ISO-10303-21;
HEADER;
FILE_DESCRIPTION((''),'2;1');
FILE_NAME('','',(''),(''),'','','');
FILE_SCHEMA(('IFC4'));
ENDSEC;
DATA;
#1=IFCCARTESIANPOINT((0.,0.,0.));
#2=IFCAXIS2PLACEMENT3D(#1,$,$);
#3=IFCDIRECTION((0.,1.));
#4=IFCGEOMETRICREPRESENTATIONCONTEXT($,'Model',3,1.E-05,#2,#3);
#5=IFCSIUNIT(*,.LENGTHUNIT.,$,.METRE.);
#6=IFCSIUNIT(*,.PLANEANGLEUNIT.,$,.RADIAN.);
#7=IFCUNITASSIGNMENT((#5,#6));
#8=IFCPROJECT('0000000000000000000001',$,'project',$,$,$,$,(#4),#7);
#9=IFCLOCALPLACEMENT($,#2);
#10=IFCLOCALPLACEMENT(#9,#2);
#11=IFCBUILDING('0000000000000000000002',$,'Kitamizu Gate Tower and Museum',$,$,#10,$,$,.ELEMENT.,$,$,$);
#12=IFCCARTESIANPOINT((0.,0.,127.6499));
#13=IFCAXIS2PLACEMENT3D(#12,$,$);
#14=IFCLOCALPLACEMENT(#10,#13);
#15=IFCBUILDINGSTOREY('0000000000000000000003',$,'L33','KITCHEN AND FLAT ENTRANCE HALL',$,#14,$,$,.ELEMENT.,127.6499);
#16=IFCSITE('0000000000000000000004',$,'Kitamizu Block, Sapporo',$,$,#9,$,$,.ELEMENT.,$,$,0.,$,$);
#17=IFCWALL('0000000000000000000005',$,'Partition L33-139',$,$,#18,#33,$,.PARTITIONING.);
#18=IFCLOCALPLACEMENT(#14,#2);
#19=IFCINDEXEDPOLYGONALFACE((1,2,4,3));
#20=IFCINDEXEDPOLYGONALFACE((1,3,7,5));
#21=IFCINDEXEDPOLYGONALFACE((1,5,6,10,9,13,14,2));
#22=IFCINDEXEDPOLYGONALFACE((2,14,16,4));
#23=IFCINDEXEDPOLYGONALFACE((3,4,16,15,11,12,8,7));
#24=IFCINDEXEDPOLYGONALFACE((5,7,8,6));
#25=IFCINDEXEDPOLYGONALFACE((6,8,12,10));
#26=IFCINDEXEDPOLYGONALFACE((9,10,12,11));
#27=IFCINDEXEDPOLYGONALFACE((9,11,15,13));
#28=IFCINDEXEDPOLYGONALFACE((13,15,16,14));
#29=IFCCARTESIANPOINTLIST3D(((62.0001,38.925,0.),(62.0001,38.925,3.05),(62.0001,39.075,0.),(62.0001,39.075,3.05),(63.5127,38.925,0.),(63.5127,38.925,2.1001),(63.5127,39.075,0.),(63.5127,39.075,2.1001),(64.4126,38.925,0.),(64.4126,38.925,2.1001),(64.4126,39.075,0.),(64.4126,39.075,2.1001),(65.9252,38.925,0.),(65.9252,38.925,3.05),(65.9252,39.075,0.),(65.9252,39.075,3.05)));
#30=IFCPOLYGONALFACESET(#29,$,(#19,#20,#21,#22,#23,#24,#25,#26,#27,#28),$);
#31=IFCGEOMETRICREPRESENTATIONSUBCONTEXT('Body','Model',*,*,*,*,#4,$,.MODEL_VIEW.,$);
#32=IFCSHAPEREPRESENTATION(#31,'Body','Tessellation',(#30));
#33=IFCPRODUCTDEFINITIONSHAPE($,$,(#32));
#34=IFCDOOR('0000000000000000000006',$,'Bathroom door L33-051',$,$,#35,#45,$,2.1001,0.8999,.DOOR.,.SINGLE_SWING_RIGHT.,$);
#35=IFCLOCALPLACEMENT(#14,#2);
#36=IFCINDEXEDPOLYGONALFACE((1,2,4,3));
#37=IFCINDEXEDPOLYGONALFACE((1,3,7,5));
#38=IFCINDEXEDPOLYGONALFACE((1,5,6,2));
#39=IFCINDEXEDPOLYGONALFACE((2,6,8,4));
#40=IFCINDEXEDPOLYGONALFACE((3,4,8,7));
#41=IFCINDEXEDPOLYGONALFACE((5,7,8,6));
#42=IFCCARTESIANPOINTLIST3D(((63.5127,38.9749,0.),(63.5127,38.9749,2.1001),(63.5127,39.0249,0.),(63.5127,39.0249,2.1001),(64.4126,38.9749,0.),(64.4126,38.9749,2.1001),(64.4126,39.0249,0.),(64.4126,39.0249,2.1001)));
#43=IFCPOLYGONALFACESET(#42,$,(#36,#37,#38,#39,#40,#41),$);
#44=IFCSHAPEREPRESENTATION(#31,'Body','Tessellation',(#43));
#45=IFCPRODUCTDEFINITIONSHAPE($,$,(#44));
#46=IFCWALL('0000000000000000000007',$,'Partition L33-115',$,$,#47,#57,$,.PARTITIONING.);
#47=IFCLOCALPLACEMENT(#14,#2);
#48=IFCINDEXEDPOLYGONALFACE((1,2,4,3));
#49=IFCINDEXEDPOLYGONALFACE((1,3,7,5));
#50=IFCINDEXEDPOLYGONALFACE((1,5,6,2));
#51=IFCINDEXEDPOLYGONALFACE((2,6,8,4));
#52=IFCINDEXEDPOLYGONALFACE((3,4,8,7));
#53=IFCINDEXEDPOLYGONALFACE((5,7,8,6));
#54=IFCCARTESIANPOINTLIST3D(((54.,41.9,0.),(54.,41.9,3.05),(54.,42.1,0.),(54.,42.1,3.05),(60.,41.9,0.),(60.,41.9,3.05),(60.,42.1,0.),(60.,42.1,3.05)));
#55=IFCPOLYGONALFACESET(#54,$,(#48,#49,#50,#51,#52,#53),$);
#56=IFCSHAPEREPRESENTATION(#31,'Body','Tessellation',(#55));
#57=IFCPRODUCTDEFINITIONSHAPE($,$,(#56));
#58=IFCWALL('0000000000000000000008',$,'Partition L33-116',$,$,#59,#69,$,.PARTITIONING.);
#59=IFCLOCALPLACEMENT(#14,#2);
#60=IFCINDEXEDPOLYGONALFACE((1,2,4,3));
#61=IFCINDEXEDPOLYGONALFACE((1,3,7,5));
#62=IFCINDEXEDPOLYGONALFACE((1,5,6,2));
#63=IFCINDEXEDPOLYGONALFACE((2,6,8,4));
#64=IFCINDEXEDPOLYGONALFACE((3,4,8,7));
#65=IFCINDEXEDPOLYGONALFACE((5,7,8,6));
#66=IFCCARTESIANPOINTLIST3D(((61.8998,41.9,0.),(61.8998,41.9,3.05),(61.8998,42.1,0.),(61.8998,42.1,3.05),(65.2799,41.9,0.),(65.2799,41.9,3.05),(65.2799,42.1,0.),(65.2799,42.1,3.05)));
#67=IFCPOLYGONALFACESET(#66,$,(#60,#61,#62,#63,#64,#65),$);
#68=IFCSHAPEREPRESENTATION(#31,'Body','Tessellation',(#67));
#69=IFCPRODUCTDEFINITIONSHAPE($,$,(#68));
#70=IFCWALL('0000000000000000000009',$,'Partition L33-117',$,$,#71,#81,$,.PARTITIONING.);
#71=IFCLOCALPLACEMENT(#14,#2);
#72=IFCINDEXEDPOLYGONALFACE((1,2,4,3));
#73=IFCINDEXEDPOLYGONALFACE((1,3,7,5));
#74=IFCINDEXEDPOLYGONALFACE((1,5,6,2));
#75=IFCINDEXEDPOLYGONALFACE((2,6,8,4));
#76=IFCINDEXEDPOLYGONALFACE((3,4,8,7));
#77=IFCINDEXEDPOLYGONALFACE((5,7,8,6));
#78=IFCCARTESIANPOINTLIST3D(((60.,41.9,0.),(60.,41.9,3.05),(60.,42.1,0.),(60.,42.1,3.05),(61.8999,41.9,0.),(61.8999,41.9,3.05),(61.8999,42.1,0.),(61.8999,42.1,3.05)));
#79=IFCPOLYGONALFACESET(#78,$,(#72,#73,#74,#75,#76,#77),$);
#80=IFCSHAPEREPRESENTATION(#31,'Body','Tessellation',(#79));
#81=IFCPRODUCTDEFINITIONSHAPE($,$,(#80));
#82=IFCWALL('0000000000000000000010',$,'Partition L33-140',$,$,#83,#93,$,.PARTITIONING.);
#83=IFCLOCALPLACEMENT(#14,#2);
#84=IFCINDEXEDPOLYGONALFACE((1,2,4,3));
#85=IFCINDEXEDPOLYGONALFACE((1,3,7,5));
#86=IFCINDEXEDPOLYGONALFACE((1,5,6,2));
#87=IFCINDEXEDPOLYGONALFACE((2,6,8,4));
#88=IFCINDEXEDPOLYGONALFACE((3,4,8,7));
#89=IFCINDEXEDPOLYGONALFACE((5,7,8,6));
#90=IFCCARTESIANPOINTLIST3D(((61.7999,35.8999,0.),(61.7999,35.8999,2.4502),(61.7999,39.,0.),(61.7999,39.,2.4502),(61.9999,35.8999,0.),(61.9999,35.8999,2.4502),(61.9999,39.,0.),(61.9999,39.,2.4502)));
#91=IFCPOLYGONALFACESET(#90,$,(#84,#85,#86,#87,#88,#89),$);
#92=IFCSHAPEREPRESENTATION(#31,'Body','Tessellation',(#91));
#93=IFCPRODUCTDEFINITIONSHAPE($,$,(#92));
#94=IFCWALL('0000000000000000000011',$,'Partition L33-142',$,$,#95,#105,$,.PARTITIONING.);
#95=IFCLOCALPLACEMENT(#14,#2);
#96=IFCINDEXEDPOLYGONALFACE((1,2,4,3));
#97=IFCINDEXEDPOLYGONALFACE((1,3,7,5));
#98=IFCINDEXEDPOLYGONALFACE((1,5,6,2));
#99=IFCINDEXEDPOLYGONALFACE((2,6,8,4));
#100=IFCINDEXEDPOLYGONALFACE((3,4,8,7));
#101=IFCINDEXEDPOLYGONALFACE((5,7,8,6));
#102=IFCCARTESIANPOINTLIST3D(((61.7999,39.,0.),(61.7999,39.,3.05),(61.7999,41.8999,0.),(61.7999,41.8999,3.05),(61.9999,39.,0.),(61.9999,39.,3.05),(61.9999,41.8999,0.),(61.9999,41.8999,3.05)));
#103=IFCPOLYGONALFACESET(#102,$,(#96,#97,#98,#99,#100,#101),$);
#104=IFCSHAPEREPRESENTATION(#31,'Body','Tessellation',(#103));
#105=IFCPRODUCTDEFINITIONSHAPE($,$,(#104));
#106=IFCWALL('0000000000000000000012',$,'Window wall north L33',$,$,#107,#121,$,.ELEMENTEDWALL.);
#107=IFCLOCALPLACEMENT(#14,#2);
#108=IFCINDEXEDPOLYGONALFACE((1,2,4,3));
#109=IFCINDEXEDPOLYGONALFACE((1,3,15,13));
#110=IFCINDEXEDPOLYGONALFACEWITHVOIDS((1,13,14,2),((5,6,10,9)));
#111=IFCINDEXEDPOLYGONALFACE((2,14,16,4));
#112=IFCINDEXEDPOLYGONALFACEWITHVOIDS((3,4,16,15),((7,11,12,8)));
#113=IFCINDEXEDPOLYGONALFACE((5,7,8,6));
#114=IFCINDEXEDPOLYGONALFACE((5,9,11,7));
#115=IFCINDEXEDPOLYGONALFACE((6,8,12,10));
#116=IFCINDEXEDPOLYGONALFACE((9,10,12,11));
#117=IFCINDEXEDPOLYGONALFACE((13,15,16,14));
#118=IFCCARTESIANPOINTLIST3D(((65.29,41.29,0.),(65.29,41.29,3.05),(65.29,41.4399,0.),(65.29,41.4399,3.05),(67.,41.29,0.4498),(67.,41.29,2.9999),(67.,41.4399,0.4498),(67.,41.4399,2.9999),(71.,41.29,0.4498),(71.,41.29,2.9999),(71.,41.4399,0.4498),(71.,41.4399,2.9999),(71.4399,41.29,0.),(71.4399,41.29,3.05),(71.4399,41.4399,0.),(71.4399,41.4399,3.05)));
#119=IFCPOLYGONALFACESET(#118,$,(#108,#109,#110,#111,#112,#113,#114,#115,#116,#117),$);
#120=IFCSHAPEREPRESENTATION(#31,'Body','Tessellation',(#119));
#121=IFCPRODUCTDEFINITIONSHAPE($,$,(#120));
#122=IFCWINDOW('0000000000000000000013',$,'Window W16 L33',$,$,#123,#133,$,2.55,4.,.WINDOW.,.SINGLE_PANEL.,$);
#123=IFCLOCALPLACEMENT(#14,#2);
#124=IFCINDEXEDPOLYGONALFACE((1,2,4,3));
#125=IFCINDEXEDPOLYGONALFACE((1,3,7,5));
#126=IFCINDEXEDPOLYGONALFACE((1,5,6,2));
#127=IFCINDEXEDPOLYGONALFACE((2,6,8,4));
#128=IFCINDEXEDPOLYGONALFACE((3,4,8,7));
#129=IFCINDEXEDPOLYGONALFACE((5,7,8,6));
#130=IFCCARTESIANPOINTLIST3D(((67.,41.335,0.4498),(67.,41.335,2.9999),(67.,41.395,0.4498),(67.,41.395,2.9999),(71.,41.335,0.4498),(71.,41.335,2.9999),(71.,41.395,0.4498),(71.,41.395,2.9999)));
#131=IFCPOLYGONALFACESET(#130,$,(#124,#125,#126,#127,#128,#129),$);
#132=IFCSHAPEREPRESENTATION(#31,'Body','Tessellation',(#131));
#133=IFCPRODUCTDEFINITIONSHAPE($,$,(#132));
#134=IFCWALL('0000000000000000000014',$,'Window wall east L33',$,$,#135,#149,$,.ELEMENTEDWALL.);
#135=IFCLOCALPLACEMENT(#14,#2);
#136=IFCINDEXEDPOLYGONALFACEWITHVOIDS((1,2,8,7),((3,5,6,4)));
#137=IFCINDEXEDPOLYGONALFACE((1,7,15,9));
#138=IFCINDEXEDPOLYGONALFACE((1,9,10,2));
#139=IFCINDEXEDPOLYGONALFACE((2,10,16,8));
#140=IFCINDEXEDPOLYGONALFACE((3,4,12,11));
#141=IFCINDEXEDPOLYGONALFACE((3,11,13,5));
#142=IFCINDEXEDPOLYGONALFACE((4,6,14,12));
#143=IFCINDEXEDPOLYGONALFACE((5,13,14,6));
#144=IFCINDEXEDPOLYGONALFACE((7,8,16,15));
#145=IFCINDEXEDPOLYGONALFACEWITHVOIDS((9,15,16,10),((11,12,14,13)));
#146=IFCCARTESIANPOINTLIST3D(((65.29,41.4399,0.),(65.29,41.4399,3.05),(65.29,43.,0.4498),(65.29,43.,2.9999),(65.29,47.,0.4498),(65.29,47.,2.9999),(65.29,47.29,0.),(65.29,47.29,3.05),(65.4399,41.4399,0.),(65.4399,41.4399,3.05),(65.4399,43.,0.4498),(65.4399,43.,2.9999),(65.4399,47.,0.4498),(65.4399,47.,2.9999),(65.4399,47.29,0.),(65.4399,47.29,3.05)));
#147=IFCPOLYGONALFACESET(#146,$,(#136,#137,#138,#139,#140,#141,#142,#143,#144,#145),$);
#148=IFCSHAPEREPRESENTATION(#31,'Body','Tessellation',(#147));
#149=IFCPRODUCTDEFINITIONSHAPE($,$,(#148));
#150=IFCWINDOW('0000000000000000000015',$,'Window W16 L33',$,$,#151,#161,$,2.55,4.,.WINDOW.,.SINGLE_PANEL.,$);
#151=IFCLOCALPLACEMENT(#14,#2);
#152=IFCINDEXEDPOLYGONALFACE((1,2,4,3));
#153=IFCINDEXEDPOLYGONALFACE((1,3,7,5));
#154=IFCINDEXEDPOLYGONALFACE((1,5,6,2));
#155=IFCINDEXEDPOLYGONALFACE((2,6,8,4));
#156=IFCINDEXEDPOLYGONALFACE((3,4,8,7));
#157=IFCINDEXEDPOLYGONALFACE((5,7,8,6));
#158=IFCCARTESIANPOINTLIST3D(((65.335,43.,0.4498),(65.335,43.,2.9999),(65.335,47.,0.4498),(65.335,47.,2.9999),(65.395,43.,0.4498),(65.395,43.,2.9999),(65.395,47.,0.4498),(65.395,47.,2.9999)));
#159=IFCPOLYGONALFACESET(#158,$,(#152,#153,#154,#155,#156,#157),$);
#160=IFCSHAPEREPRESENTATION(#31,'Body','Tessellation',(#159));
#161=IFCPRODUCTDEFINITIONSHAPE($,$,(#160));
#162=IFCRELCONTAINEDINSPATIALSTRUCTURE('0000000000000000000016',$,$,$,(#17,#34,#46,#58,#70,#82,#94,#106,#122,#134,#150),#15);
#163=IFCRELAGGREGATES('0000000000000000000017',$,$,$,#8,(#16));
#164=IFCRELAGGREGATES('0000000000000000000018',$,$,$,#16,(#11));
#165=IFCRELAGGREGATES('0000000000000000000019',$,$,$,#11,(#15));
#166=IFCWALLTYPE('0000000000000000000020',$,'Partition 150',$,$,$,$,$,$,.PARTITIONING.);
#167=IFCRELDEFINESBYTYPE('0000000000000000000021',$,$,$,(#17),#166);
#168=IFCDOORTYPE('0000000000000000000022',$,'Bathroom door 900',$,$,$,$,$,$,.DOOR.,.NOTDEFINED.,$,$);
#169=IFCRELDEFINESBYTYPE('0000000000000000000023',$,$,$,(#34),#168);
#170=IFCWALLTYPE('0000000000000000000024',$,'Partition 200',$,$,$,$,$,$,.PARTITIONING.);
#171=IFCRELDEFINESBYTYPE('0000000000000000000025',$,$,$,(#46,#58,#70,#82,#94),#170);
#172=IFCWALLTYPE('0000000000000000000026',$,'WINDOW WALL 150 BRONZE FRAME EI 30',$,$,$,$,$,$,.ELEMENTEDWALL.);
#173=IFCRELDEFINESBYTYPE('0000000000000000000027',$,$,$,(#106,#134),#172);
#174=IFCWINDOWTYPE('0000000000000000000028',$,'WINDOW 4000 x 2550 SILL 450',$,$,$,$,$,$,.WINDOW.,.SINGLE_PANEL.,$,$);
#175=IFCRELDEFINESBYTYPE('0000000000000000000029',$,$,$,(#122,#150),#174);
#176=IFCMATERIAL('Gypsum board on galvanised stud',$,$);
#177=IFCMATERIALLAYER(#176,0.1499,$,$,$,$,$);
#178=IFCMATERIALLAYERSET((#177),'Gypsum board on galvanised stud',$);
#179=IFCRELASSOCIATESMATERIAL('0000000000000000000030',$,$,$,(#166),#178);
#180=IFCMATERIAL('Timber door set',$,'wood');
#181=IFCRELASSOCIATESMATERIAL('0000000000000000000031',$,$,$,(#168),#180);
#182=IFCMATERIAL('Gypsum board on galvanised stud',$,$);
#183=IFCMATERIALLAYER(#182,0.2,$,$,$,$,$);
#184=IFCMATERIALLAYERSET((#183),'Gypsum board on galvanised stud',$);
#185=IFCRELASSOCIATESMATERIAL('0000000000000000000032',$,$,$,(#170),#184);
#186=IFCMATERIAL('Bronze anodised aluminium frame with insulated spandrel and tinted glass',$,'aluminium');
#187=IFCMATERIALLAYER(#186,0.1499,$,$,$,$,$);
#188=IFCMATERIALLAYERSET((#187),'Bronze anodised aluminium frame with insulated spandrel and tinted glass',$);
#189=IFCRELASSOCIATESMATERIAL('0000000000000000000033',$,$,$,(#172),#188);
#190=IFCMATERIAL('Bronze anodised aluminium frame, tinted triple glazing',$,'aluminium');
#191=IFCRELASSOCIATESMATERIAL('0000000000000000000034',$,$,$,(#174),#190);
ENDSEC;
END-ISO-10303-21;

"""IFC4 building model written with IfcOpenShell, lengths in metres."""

from ifc_helpers import new_model, si_unit, direction, frame, frame_2d, origin, place, context, subcontext, project, spatial, rectangle, extrude, material, layer, layer_set, type_object, element, fill, save


model = new_model("IFC4")

# Units and contexts
model_context = context("Model", 3, precision=1e-05, world=origin(), true_north=direction((0.0, 1.0)))
body_context = subcontext(model_context, "Body", "Model", "MODEL_VIEW")
ifc_project = project(units=[si_unit("LENGTHUNIT", "METRE"), si_unit("PLANEANGLEUNIT", "RADIAN")], contexts=[model_context])

# Site, building, storey
site_placement = place(None, origin())
site = spatial("IfcSite", under=ifc_project, at=site_placement, Name="Kitamizu Block, Sapporo", CompositionType="ELEMENT", RefElevation=0.0)
building_placement = place(site_placement, origin())
building = spatial("IfcBuilding", under=site, at=building_placement, Name="Kitamizu Gate Tower and Museum", CompositionType="ELEMENT")
storey_placement = place(building_placement, frame((0.0, 0.0, 127.6499)))
storey = spatial("IfcBuildingStorey", under=building, at=storey_placement, Name="L33", Description="KITCHEN AND FLAT ENTRANCE HALL", CompositionType="ELEMENT", Elevation=127.6499)

# Shared definitions
ifc_material_1 = material(Name="Gypsum board on galvanised stud")
ifc_layer_1 = layer(ifc_material_1, 0.1499)
ifc_layer_set_1 = layer_set([ifc_layer_1], Name="Gypsum board on galvanised stud")
wall_type_1 = type_object("IfcWallType", Name="Partition 150", PredefinedType="PARTITIONING", material=ifc_layer_set_1)

# Wall, opening, door
wall_1_placement = place(storey_placement, frame((65.925, 39.0, 0.0), z_axis=(0.0, 0.0, 1.0), x_axis=(-1.0, 0.0, 0.0)))
wall_1 = element("IfcWall", 1, at=wall_1_placement, inside=storey, type_object=wall_type_1, Name="Partition L33-139", PredefinedType="PARTITIONING", context=body_context, shape_type="SweptSolid", body=[
    extrude(rectangle(XDim=3.925, YDim=0.1499, at=frame_2d((1.9624, 0.0))), origin(), (0.0, 0.0, 1.0), 3.05),
])
opening_1_placement = place(wall_1_placement, frame((1.5125, 0.0, 0.0)))
opening_1 = element("IfcOpeningElement", 2, at=opening_1_placement, cuts=wall_1, PredefinedType="OPENING", context=body_context, shape_type="SweptSolid", body=[
    extrude(rectangle(XDim=0.8999, YDim=2.1001, at=frame_2d((0.45, 1.05))), frame((0.0, 0.085, 0.0), z_axis=(0.0, -1.0, 0.0), x_axis=(1.0, 0.0, 0.0)), (0.0, 0.0, 1.0), 0.1699),
])
ifc_material_2 = material(Name="Timber door set", Category="wood")
door_type_1 = type_object("IfcDoorType", Name="Bathroom door 900", OperationType="NOTDEFINED", PredefinedType="DOOR", material=ifc_material_2)
door_1_placement = place(opening_1_placement, frame((0.8999, 0.0, 0.0), x_axis=(-1.0, 0.0, 0.0)))
door_1 = element("IfcDoor", 3, at=door_1_placement, inside=storey, type_object=door_type_1, Name="Bathroom door L33-051", OperationType="SINGLE_SWING_RIGHT", OverallHeight=2.1001, OverallWidth=0.8999, PredefinedType="DOOR", context=body_context, shape_type="SweptSolid", body=[
    extrude(rectangle(XDim=0.8999, YDim=2.1001, at=frame_2d((0.45, 1.05))), frame((0.0, 0.0249, 0.0), z_axis=(0.0, -1.0, 0.0), x_axis=(1.0, 0.0, 0.0)), (0.0, 0.0, 1.0), 0.05),
])
fill(opening_1, door_1)

# Walls
ifc_material_3 = material(Name="Gypsum board on galvanised stud")
ifc_layer_2 = layer(ifc_material_3, 0.2)
ifc_layer_set_2 = layer_set([ifc_layer_2], Name="Gypsum board on galvanised stud")
wall_type_2 = type_object("IfcWallType", Name="Partition 200", PredefinedType="PARTITIONING", material=ifc_layer_set_2)
wall_2_placement = place(storey_placement, frame((54.0, 42.0, 0.0), z_axis=(0.0, 0.0, 1.0), x_axis=(1.0, 0.0, 0.0)))
element("IfcWall", 4, at=wall_2_placement, inside=storey, type_object=wall_type_2, Name="Partition L33-115", PredefinedType="PARTITIONING", context=body_context, shape_type="SweptSolid", body=[
    extrude(rectangle(XDim=6.0, YDim=0.2, at=frame_2d((3.0, 0.0))), origin(), (0.0, 0.0, 1.0), 3.05),
])
wall_3_placement = place(storey_placement, frame((61.8999, 42.0, 0.0), z_axis=(0.0, 0.0, 1.0), x_axis=(1.0, 0.0, 0.0)))
element("IfcWall", 5, at=wall_3_placement, inside=storey, type_object=wall_type_2, Name="Partition L33-116", PredefinedType="PARTITIONING", context=body_context, shape_type="SweptSolid", body=[
    extrude(rectangle(XDim=3.3801, YDim=0.2, at=frame_2d((1.6899, 0.0))), origin(), (0.0, 0.0, 1.0), 3.05),
])
wall_4_placement = place(storey_placement, frame((60.0, 42.0, 0.0), z_axis=(0.0, 0.0, 1.0), x_axis=(1.0, 0.0, 0.0)))
element("IfcWall", 6, at=wall_4_placement, inside=storey, type_object=wall_type_2, Name="Partition L33-117", PredefinedType="PARTITIONING", context=body_context, shape_type="SweptSolid", body=[
    extrude(rectangle(XDim=1.8999, YDim=0.2, at=frame_2d((0.95, 0.0))), origin(), (0.0, 0.0, 1.0), 3.05),
])
wall_5_placement = place(storey_placement, frame((61.8999, 39.0, 0.0), z_axis=(0.0, 0.0, 1.0), x_axis=(0.0, -1.0, 0.0)))
element("IfcWall", 7, at=wall_5_placement, inside=storey, type_object=wall_type_2, Name="Partition L33-140", PredefinedType="PARTITIONING", context=body_context, shape_type="SweptSolid", body=[
    extrude(rectangle(XDim=3.1001, YDim=0.2, at=frame_2d((1.55, 0.0))), origin(), (0.0, 0.0, 1.0), 2.4502),
])
wall_6_placement = place(storey_placement, frame((61.8999, 41.8999, 0.0), z_axis=(0.0, 0.0, 1.0), x_axis=(0.0, -1.0, 0.0)))
element("IfcWall", 8, at=wall_6_placement, inside=storey, type_object=wall_type_2, Name="Partition L33-142", PredefinedType="PARTITIONING", context=body_context, shape_type="SweptSolid", body=[
    extrude(rectangle(XDim=2.8999, YDim=0.2, at=frame_2d((1.45, 0.0))), origin(), (0.0, 0.0, 1.0), 3.05),
])

# Walls, openings, windows
ifc_material_4 = material(Name="Bronze anodised aluminium frame with insulated spandrel and tinted glass", Category="aluminium")
ifc_layer_3 = layer(ifc_material_4, 0.1499)
ifc_layer_set_3 = layer_set([ifc_layer_3], Name="Bronze anodised aluminium frame with insulated spandrel and tinted glass")
wall_type_3 = type_object("IfcWallType", Name="WINDOW WALL 150 BRONZE FRAME EI 30", PredefinedType="ELEMENTEDWALL", material=ifc_layer_set_3)
wall_7_placement = place(storey_placement, frame((65.29, 41.365, 0.0), z_axis=(0.0, 0.0, 1.0), x_axis=(1.0, 0.0, 0.0)))
wall_7 = element("IfcWall", 9, at=wall_7_placement, inside=storey, type_object=wall_type_3, Name="Window wall north L33", PredefinedType="ELEMENTEDWALL", context=body_context, shape_type="SweptSolid", body=[
    extrude(rectangle(XDim=6.1499, YDim=0.1499, at=frame_2d((3.075, 0.0))), origin(), (0.0, 0.0, 1.0), 3.05),
])
opening_2_placement = place(wall_7_placement, frame((1.71, 0.0, 0.45)))
opening_2 = element("IfcOpeningElement", 10, at=opening_2_placement, cuts=wall_7, PredefinedType="OPENING", context=body_context, shape_type="SweptSolid", body=[
    extrude(rectangle(XDim=4.0, YDim=2.55, at=frame_2d((2.0, 1.2749))), frame((0.0, 0.085, 0.0), z_axis=(0.0, -1.0, 0.0), x_axis=(1.0, 0.0, 0.0)), (0.0, 0.0, 1.0), 0.1699),
])
ifc_material_5 = material(Name="Bronze anodised aluminium frame, tinted triple glazing", Category="aluminium")
window_type = type_object("IfcWindowType", Name="WINDOW 4000 x 2550 SILL 450", PartitioningType="SINGLE_PANEL", PredefinedType="WINDOW", material=ifc_material_5)
window_1_placement = place(opening_2_placement, origin())
window_1 = element("IfcWindow", 11, at=window_1_placement, inside=storey, type_object=window_type, Name="Window W16 L33", OverallHeight=2.55, OverallWidth=4.0, PartitioningType="SINGLE_PANEL", PredefinedType="WINDOW", context=body_context, shape_type="SweptSolid", body=[
    extrude(rectangle(XDim=4.0, YDim=2.55, at=frame_2d((2.0, 1.2749))), frame((0.0, 0.03, 0.0), z_axis=(0.0, -1.0, 0.0), x_axis=(1.0, 0.0, 0.0)), (0.0, 0.0, 1.0), 0.0601),
])
fill(opening_2, window_1)
wall_8_placement = place(storey_placement, frame((65.365, 41.4399, 0.0), z_axis=(0.0, 0.0, 1.0), x_axis=(0.0, 1.0, 0.0)))
wall_8 = element("IfcWall", 12, at=wall_8_placement, inside=storey, type_object=wall_type_3, Name="Window wall east L33", PredefinedType="ELEMENTEDWALL", context=body_context, shape_type="SweptSolid", body=[
    extrude(rectangle(XDim=5.8501, YDim=0.1499, at=frame_2d((2.925, 0.0))), origin(), (0.0, 0.0, 1.0), 3.05),
])
opening_3_placement = place(wall_8_placement, frame((1.5601, 0.0, 0.45)))
opening_3 = element("IfcOpeningElement", 13, at=opening_3_placement, cuts=wall_8, PredefinedType="OPENING", context=body_context, shape_type="SweptSolid", body=[
    extrude(rectangle(XDim=4.0, YDim=2.55, at=frame_2d((2.0, 1.2749))), frame((0.0, 0.085, 0.0), z_axis=(0.0, -1.0, 0.0), x_axis=(1.0, 0.0, 0.0)), (0.0, 0.0, 1.0), 0.1699),
])
window_2_placement = place(opening_3_placement, origin())
window_2 = element("IfcWindow", 14, at=window_2_placement, inside=storey, type_object=window_type, Name="Window W16 L33", OverallHeight=2.55, OverallWidth=4.0, PartitioningType="SINGLE_PANEL", PredefinedType="WINDOW", context=body_context, shape_type="SweptSolid", body=[
    extrude(rectangle(XDim=4.0, YDim=2.55, at=frame_2d((2.0, 1.2749))), frame((0.0, 0.03, 0.0), z_axis=(0.0, -1.0, 0.0), x_axis=(1.0, 0.0, 0.0)), (0.0, 0.0, 1.0), 0.0601),
])
fill(opening_3, window_2)

save(model, "model.ifc")
